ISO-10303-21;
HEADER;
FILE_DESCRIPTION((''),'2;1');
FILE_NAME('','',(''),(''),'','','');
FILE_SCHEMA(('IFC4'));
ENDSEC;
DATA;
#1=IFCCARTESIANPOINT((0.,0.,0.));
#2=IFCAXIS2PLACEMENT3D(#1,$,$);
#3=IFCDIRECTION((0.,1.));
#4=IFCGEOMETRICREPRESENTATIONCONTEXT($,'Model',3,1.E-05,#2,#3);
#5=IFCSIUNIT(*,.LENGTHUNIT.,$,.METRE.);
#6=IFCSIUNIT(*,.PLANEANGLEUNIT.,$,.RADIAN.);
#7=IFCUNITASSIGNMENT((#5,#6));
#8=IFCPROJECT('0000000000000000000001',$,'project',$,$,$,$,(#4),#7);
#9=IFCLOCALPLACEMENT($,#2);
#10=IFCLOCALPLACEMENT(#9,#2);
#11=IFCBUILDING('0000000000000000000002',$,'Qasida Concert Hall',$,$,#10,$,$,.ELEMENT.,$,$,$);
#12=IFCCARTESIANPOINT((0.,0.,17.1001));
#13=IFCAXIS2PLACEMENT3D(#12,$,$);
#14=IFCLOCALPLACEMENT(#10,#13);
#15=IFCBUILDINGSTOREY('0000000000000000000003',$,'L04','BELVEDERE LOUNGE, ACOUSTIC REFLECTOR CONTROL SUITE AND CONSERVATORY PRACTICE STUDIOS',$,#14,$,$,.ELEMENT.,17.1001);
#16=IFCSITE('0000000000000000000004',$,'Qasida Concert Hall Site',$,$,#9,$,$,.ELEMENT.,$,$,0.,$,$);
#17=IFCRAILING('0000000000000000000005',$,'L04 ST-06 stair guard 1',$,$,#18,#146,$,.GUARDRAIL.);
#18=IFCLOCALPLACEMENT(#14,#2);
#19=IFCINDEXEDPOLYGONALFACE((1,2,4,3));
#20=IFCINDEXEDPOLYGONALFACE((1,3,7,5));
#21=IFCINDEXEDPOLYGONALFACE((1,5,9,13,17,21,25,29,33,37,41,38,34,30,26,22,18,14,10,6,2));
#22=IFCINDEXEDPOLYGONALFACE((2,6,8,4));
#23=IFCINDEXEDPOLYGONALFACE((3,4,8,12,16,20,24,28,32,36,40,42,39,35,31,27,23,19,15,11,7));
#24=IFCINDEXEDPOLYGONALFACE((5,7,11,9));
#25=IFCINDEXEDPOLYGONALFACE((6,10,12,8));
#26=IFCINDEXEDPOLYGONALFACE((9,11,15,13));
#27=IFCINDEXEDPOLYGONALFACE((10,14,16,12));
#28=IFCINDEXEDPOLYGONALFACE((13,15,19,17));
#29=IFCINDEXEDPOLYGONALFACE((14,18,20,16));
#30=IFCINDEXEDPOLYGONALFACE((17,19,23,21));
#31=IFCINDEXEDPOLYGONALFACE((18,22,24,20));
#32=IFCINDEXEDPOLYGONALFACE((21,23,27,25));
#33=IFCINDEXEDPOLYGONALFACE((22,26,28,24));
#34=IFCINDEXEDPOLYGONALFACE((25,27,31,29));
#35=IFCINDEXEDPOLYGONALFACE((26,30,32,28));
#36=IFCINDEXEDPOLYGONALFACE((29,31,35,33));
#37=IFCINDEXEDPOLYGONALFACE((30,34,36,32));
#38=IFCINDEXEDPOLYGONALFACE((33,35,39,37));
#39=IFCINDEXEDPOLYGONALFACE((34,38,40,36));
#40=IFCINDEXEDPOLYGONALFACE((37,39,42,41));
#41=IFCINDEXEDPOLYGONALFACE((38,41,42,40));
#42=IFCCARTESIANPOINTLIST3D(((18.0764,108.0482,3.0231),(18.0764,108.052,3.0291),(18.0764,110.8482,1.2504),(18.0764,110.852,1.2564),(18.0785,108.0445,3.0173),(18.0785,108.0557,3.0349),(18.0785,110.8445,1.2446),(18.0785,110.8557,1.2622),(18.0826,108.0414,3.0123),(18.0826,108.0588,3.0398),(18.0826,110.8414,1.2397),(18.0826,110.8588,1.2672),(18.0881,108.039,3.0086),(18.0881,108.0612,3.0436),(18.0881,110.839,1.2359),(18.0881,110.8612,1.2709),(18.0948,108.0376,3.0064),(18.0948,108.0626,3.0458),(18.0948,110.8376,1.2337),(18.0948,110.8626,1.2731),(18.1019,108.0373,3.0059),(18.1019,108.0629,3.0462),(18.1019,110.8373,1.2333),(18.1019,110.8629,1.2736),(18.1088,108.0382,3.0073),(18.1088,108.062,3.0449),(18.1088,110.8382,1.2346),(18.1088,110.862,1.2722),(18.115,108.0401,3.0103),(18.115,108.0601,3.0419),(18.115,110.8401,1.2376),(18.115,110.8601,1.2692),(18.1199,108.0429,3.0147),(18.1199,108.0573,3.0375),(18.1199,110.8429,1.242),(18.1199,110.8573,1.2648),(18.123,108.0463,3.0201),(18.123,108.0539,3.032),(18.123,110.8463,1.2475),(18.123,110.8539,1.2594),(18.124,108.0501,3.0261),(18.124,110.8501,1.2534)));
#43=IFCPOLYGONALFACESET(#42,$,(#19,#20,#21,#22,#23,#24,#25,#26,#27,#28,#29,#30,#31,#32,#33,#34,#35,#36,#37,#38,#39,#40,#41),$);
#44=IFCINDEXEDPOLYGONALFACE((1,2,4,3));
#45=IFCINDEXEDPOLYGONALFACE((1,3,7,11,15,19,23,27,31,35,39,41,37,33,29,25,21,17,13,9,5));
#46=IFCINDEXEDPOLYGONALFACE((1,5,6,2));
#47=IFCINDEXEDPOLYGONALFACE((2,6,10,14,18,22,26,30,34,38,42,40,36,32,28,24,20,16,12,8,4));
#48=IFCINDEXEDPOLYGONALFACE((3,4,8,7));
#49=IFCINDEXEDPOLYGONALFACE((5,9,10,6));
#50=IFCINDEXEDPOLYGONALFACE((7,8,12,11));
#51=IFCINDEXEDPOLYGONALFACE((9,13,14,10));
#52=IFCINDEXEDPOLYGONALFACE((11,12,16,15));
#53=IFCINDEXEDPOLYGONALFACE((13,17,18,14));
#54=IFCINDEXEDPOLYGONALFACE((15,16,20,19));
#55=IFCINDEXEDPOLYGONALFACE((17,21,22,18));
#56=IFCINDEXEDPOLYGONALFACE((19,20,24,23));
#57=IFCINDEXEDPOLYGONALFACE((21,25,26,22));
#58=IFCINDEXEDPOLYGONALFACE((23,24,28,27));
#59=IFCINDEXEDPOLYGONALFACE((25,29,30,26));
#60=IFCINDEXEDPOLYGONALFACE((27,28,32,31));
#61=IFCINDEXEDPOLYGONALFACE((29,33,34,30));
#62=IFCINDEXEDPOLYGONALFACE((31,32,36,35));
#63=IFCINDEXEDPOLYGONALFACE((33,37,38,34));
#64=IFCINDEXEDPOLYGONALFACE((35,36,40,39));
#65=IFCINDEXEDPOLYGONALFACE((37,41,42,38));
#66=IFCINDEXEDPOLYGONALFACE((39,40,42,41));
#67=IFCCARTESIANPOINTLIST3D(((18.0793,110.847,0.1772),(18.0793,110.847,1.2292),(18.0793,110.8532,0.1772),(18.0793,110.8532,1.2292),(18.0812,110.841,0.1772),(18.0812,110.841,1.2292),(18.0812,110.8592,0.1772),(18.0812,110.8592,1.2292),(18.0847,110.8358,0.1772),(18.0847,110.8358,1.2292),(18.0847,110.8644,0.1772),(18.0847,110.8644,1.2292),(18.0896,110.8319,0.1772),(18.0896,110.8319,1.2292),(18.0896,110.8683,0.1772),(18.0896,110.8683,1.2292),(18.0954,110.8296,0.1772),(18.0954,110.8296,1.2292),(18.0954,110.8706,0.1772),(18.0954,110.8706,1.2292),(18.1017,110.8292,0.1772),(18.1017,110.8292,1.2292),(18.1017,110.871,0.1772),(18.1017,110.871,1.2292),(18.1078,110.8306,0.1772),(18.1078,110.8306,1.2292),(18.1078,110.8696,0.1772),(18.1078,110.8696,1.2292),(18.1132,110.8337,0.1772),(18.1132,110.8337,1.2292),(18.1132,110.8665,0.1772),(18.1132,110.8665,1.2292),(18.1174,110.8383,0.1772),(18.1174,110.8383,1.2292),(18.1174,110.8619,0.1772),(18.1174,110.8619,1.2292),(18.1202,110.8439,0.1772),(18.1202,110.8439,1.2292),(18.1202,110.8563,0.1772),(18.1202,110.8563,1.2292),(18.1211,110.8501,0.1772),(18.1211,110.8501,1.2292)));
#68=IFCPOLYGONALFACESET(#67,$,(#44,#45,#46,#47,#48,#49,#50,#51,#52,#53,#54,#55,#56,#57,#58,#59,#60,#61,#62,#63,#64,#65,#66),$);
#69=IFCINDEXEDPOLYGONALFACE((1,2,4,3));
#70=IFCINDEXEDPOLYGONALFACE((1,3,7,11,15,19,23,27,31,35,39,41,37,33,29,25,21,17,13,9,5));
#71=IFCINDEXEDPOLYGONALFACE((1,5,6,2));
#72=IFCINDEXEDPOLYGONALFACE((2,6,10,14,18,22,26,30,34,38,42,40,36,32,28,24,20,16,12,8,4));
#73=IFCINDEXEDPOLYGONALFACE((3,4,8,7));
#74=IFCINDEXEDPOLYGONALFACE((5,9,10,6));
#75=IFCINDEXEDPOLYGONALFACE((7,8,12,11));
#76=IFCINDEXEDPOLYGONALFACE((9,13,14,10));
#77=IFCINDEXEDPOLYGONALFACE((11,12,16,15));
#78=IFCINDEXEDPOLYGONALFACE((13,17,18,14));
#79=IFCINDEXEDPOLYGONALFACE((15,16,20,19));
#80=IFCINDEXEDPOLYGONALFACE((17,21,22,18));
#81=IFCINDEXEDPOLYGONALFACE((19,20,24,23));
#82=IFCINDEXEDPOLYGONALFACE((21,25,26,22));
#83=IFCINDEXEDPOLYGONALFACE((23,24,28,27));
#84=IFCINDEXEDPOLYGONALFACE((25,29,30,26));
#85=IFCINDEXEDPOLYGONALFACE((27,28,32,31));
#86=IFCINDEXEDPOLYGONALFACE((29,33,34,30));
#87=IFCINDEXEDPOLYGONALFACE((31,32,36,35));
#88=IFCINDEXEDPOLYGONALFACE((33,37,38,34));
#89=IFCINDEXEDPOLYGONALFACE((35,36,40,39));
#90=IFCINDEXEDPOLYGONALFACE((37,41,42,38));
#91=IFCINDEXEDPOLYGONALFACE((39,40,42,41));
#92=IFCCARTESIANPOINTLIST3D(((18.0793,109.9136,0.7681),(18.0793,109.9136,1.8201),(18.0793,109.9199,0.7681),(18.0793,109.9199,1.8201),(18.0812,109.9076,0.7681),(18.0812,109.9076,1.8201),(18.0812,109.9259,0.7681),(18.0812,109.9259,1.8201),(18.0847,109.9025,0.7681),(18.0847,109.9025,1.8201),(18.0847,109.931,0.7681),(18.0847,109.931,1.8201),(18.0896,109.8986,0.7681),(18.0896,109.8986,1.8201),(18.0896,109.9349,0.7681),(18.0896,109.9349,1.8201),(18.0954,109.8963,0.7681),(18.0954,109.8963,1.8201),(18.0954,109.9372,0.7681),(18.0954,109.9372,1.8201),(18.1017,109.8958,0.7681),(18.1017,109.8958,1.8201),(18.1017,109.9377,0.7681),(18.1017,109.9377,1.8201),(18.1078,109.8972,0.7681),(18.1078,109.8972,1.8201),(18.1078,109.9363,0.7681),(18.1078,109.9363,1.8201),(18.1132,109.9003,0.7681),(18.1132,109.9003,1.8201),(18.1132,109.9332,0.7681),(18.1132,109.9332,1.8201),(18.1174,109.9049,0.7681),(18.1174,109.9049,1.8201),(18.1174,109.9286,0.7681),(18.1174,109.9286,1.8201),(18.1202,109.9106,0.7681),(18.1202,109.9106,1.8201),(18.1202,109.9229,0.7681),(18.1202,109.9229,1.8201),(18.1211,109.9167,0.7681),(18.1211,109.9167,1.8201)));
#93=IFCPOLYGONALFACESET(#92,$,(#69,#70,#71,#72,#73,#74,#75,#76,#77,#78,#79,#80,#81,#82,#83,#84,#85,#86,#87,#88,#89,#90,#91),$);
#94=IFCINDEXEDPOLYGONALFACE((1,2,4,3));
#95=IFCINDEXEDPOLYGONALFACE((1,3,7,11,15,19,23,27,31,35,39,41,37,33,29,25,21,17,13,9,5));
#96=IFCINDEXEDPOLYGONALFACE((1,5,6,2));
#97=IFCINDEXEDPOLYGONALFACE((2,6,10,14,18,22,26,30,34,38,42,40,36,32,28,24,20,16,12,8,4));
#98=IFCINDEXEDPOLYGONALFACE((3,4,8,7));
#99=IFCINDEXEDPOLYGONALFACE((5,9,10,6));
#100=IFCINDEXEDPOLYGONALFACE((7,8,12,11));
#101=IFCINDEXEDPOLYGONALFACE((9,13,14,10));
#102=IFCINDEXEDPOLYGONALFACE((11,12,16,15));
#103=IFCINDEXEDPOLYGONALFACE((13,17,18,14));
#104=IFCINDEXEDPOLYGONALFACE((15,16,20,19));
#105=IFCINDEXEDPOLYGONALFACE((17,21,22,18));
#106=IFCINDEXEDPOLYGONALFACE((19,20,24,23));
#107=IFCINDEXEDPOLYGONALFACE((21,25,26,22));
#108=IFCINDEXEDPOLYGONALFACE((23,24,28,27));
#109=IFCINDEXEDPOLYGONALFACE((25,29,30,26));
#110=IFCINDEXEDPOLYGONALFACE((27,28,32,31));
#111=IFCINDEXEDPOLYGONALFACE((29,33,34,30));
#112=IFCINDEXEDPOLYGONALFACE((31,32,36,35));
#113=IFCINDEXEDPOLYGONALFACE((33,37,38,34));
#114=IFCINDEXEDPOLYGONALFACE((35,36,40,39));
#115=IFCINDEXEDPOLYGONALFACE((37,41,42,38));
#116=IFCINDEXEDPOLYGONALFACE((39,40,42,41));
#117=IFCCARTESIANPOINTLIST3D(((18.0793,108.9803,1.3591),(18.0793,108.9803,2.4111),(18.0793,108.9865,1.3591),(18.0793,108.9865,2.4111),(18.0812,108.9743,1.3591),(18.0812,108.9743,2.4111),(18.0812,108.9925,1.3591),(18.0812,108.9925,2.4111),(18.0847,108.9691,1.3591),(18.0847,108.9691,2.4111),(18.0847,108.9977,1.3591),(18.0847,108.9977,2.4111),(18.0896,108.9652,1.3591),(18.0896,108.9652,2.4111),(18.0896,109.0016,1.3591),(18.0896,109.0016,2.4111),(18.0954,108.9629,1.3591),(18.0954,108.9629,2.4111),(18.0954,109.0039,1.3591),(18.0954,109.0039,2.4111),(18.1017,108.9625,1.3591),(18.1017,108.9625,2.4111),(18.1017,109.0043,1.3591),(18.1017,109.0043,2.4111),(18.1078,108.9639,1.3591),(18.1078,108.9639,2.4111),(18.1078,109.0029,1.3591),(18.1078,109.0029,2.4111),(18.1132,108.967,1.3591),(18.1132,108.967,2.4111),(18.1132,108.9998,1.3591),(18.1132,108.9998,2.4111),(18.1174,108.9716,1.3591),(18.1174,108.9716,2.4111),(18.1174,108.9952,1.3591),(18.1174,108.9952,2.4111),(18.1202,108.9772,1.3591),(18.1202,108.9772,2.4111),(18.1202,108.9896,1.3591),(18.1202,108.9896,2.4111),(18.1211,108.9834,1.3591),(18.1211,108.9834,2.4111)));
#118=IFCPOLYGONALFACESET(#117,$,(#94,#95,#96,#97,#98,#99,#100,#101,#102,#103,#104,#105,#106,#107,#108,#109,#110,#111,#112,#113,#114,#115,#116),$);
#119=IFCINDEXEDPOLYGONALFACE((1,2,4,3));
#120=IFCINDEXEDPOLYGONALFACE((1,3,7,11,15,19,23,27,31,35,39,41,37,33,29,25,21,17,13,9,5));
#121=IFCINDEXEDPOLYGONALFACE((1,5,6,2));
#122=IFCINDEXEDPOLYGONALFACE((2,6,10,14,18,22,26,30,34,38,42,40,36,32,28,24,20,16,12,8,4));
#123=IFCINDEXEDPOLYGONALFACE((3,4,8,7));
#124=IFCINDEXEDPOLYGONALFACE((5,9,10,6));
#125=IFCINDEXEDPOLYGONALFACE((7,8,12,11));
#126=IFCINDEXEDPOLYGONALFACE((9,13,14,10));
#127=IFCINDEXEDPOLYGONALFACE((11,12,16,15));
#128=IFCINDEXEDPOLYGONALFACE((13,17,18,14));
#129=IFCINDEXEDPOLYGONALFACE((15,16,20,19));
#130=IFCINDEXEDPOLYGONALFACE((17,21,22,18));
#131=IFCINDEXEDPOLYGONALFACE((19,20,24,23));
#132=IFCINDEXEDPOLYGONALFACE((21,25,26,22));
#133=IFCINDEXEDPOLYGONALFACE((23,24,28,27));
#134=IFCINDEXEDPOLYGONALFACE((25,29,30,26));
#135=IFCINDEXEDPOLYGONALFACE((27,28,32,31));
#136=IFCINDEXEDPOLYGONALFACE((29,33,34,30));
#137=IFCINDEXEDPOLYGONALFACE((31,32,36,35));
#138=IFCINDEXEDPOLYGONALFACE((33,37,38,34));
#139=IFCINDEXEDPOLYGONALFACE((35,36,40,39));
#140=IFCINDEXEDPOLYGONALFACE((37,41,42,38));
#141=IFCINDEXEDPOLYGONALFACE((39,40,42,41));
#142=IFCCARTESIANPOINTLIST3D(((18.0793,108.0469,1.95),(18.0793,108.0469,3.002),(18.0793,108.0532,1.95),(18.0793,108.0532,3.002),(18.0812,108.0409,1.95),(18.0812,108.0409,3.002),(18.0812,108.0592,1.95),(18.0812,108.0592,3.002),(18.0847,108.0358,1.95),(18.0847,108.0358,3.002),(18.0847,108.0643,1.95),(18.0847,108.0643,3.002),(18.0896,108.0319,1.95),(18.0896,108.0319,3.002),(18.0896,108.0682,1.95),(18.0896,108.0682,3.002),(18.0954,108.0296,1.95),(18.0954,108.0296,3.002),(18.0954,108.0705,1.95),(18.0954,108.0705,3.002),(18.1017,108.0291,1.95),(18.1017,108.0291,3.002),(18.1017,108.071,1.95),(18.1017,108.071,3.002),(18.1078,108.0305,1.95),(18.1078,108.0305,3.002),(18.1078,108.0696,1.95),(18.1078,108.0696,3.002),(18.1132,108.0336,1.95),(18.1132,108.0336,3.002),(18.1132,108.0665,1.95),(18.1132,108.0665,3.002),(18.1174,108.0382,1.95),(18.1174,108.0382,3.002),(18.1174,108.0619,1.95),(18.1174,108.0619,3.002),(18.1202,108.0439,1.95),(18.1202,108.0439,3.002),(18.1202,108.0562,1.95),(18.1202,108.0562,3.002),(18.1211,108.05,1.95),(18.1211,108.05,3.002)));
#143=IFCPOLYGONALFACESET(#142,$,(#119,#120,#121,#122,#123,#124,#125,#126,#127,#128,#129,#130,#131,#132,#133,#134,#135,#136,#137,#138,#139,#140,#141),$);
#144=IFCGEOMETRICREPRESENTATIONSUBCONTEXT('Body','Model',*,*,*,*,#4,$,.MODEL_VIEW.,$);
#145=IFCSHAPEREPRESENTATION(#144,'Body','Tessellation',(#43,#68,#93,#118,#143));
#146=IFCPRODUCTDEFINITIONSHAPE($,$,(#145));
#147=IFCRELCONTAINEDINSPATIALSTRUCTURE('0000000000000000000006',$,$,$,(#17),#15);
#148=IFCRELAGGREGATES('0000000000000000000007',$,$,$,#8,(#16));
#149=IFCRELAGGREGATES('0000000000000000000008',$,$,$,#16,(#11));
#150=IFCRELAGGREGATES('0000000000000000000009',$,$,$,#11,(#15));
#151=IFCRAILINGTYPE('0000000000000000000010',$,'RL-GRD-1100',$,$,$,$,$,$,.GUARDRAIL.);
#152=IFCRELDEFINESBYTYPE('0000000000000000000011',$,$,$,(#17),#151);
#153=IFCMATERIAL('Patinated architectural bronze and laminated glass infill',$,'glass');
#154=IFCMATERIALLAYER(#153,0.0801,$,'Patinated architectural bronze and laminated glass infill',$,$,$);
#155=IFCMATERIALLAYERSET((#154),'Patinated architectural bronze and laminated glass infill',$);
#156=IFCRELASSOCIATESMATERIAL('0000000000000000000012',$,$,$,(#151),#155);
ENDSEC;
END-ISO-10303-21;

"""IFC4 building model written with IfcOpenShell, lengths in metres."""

from ifc_helpers import new_model, si_unit, direction, frame, origin, origin_2d, place, context, subcontext, project, spatial, circle, extrude, material, layer, layer_set, type_object, element, save


model = new_model("IFC4")

# Units and contexts
model_context = context("Model", 3, precision=1e-05, world=origin(), true_north=direction((0.0, 1.0)))
body_context = subcontext(model_context, "Body", "Model", "MODEL_VIEW")
ifc_project = project(units=[si_unit("LENGTHUNIT", "METRE"), si_unit("PLANEANGLEUNIT", "RADIAN")], contexts=[model_context])

# Site, building, storey
site_placement = place(None, origin())
site = spatial("IfcSite", under=ifc_project, at=site_placement, Name="Qasida Concert Hall Site", CompositionType="ELEMENT", RefElevation=0.0)
building_placement = place(site_placement, origin())
building = spatial("IfcBuilding", under=site, at=building_placement, Name="Qasida Concert Hall", CompositionType="ELEMENT")
storey_placement = place(building_placement, frame((0.0, 0.0, 17.1001)))
storey = spatial("IfcBuildingStorey", under=building, at=storey_placement, Name="L04", Description="BELVEDERE LOUNGE, ACOUSTIC REFLECTOR CONTROL SUITE AND CONSERVATORY PRACTICE STUDIOS", CompositionType="ELEMENT", Elevation=17.1001)

# Railing
ifc_material_1 = material(Name="Patinated architectural bronze and laminated glass infill", Category="glass")
ifc_layer_1 = layer(ifc_material_1, 0.0801, Name="Patinated architectural bronze and laminated glass infill")
ifc_layer_set_1 = layer_set([ifc_layer_1], Name="Patinated architectural bronze and laminated glass infill")
railing_type_1 = type_object("IfcRailingType", Name="RL-GRD-1100", PredefinedType="GUARDRAIL", material=ifc_layer_set_1)
railing_1_placement = place(storey_placement, frame((18.1001, 110.8501, 0.1772)))
element("IfcRailing", 1, at=railing_1_placement, inside=storey, type_object=railing_type_1, Name="L04 ST-06 stair guard 1", PredefinedType="GUARDRAIL", context=body_context, shape_type="SweptSolid", body=[
    extrude(circle(Radius=0.0239, at=origin_2d()), frame((0.0, 0.0, 1.0762), z_axis=(0.0, -0.844909, 0.53491), x_axis=(1.0, 0.0, 0.0)), (0.0, 0.0, 1.0), 3.314),
    extrude(circle(Radius=0.021, at=origin_2d()), origin(), (0.0, 0.0, 1.0), 1.052),
    extrude(circle(Radius=0.021, at=origin_2d()), frame((0.0, -0.9333, 0.5908)), (0.0, 0.0, 1.0), 1.052),
    extrude(circle(Radius=0.021, at=origin_2d()), frame((0.0, -1.8667, 1.1819)), (0.0, 0.0, 1.0), 1.052),
    extrude(circle(Radius=0.021, at=origin_2d()), frame((0.0, -2.8, 1.7727)), (0.0, 0.0, 1.0), 1.052),
])

save(model, "model.ifc")
